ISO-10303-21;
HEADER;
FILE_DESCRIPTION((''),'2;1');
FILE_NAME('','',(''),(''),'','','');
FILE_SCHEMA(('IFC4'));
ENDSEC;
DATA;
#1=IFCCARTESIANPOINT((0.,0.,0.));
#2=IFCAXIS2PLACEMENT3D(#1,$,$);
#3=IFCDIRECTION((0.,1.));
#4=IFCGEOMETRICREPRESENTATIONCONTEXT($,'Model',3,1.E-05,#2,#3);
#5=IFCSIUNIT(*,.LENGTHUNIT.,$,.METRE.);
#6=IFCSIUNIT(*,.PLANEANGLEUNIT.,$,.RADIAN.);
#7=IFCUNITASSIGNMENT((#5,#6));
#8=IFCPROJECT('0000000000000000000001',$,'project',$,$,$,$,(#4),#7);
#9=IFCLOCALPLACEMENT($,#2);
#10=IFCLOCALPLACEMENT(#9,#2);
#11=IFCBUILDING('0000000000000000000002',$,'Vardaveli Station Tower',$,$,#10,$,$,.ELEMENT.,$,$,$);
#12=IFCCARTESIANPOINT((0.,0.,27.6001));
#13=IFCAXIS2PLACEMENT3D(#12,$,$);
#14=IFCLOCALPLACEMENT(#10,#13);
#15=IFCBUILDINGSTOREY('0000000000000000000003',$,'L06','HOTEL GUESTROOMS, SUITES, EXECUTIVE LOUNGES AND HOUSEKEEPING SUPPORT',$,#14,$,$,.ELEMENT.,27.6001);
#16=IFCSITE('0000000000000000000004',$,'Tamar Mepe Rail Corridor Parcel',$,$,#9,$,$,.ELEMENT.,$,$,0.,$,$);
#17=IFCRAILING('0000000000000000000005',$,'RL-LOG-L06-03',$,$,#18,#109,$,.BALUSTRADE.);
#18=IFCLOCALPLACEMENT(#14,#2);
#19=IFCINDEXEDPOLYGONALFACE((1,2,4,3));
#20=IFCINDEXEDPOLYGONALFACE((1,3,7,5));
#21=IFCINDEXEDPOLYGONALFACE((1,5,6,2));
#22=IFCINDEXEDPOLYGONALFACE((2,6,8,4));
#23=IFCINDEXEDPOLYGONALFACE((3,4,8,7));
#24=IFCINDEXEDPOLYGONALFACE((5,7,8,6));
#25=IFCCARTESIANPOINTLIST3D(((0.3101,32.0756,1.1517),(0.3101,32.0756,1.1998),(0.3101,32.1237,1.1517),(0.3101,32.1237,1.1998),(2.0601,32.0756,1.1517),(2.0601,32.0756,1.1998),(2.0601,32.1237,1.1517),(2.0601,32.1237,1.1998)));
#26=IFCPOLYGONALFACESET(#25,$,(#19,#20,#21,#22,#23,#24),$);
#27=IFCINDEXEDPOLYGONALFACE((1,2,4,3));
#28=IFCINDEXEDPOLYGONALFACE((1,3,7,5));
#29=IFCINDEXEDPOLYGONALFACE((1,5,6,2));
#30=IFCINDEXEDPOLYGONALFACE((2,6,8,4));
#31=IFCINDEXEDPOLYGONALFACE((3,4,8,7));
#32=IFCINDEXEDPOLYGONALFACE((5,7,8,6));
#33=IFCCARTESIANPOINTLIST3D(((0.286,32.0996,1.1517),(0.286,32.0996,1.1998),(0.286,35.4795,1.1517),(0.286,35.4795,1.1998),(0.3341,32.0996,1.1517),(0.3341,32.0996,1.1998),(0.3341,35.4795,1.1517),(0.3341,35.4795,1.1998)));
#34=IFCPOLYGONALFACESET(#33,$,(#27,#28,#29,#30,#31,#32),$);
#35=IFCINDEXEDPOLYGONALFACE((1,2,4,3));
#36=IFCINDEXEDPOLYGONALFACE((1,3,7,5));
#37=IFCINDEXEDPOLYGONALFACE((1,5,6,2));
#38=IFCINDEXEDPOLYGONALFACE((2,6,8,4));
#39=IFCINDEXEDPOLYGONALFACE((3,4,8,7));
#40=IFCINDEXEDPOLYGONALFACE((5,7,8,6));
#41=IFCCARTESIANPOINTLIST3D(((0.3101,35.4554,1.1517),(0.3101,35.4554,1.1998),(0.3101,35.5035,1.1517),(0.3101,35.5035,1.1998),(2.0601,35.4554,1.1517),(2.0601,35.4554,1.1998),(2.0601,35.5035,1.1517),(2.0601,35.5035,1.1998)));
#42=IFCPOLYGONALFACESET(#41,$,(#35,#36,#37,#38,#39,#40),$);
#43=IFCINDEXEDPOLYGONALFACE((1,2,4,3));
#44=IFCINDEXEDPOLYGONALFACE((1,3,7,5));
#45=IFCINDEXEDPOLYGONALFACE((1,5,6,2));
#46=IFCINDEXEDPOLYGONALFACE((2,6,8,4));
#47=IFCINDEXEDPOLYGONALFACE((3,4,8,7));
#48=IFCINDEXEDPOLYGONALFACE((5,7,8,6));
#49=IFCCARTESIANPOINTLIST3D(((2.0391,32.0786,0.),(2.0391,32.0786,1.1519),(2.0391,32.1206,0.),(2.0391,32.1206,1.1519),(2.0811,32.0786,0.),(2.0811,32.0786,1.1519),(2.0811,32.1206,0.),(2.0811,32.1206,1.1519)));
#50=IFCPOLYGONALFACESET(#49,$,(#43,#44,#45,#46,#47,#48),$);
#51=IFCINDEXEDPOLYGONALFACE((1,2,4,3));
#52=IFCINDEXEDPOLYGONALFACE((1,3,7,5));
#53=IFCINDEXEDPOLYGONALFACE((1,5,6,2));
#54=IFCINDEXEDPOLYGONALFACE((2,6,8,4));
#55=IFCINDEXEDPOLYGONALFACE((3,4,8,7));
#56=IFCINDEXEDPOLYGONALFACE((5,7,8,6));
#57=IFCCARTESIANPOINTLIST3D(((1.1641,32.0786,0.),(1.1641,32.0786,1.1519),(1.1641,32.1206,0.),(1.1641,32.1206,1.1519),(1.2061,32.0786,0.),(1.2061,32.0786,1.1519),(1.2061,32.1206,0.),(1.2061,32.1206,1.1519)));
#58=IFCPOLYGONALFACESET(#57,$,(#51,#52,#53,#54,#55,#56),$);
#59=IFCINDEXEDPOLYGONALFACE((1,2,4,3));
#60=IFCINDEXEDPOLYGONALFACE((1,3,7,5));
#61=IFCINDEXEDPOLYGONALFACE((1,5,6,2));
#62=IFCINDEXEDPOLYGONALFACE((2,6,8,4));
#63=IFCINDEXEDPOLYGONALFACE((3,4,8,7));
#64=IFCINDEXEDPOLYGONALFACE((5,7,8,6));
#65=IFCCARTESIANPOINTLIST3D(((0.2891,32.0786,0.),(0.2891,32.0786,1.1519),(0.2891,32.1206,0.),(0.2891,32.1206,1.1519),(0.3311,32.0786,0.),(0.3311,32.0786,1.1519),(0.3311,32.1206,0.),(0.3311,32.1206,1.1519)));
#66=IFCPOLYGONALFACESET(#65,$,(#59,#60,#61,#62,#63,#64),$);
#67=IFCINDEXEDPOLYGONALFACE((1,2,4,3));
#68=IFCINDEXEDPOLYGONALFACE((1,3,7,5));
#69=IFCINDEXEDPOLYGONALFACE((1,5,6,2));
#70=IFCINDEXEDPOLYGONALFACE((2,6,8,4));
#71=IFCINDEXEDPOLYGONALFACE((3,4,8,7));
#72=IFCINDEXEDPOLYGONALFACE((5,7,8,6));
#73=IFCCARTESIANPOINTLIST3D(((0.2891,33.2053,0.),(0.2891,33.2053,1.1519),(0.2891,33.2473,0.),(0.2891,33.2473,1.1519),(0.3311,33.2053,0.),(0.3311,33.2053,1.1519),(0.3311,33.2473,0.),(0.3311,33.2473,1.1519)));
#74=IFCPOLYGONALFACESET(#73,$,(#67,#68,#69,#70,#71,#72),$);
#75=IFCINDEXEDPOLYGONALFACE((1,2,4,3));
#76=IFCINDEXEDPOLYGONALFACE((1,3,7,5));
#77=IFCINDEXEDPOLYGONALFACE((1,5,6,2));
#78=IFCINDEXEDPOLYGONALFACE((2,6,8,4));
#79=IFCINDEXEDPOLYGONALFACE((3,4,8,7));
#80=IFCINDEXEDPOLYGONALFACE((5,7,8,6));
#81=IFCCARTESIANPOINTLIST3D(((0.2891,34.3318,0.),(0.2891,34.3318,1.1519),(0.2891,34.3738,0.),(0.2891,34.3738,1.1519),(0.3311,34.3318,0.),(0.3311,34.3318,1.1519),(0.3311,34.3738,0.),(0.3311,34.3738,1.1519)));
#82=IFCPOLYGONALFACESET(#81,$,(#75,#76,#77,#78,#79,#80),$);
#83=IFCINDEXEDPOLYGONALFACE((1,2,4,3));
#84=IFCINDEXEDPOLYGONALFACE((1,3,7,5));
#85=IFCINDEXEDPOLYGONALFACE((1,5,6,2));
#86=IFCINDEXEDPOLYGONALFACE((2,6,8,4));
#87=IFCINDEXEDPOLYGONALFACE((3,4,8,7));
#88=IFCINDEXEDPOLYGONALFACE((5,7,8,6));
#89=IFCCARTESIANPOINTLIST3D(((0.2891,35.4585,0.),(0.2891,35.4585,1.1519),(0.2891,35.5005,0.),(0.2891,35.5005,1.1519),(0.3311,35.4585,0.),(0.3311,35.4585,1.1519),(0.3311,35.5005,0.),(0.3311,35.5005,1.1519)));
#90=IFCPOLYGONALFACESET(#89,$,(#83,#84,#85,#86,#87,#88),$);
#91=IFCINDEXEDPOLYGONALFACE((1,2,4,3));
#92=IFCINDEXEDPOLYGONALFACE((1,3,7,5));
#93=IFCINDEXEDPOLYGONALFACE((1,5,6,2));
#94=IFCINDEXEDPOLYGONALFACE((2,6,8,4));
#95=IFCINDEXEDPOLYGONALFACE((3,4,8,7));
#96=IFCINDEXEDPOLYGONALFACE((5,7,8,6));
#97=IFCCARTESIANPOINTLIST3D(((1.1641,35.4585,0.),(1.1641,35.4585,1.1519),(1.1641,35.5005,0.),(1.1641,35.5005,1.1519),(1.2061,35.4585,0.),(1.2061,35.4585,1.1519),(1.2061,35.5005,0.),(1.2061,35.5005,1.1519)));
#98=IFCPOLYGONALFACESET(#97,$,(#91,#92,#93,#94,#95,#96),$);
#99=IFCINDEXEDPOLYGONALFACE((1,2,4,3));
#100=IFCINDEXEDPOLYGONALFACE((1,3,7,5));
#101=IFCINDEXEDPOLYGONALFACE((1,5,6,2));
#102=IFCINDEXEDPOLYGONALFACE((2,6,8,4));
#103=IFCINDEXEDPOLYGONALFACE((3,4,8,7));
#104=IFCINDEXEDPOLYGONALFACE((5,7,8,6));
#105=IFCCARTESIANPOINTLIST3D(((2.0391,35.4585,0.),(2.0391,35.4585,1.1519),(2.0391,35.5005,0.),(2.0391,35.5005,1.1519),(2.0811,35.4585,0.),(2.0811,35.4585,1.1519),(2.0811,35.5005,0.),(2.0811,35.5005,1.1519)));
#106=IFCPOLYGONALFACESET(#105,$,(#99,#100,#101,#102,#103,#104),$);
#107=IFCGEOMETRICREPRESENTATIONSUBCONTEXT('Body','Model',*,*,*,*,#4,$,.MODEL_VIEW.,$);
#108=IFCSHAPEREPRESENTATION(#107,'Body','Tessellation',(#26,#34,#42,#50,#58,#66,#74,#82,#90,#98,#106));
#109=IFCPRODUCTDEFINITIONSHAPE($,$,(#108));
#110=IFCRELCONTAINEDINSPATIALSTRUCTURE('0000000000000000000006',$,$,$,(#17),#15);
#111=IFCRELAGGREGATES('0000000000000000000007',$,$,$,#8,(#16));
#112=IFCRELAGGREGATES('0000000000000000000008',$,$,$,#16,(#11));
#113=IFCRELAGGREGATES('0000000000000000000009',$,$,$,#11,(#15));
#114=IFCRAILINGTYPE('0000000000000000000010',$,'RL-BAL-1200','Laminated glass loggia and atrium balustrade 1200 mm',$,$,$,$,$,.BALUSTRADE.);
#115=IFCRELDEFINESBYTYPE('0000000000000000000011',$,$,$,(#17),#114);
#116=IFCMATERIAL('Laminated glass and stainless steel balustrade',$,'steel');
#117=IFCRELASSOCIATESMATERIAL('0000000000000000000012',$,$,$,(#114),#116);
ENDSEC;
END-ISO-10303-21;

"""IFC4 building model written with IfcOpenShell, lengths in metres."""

from ifc_helpers import new_model, si_unit, direction, frame, origin, origin_2d, place, context, subcontext, project, spatial, rectangle, extrude, source, transform, mapped, material, type_object, element, save


model = new_model("IFC4")

# Units and contexts
model_context = context("Model", 3, precision=1e-05, world=origin(), true_north=direction((0.0, 1.0)))
body_context = subcontext(model_context, "Body", "Model", "MODEL_VIEW")
ifc_project = project(units=[si_unit("LENGTHUNIT", "METRE"), si_unit("PLANEANGLEUNIT", "RADIAN")], contexts=[model_context])

# Site, building, storey
site_placement = place(None, origin())
site = spatial("IfcSite", under=ifc_project, at=site_placement, Name="Tamar Mepe Rail Corridor Parcel", CompositionType="ELEMENT", RefElevation=0.0)
building_placement = place(site_placement, origin())
building = spatial("IfcBuilding", under=site, at=building_placement, Name="Vardaveli Station Tower", CompositionType="ELEMENT")
storey_placement = place(building_placement, frame((0.0, 0.0, 27.6001)))
storey = spatial("IfcBuildingStorey", under=building, at=storey_placement, Name="L06", Description="HOTEL GUESTROOMS, SUITES, EXECUTIVE LOUNGES AND HOUSEKEEPING SUPPORT", CompositionType="ELEMENT", Elevation=27.6001)

# Railing
ifc_material_1 = material(Name="Laminated glass and stainless steel balustrade", Category="steel")
railing_type = type_object("IfcRailingType", Name="RL-BAL-1200", Description="Laminated glass loggia and atrium balustrade 1200 mm", PredefinedType="BALUSTRADE", material=ifc_material_1)
shared_shape_1 = source(origin(), body_context, "Body", "SweptSolid", [
    extrude(rectangle(XDim=0.0481, YDim=0.0481, at=origin_2d()), frame((0.0, 0.0, 1.1758), z_axis=(-1.0, 0.0, 0.0), x_axis=(0.0, -1.0, 0.0)), (0.0, 0.0, 1.0), 1.75),
    extrude(rectangle(XDim=0.0481, YDim=0.0481, at=origin_2d()), frame((-1.75, 0.0, 1.1758), z_axis=(0.0, 1.0, 0.0), x_axis=(-1.0, 0.0, 0.0)), (0.0, 0.0, 1.0), 3.3799),
    extrude(rectangle(XDim=0.0481, YDim=0.0481, at=origin_2d()), frame((-1.75, 3.3799, 1.1758), z_axis=(1.0, 0.0, 0.0), x_axis=(0.0, 1.0, 0.0)), (0.0, 0.0, 1.0), 1.75),
    extrude(rectangle(XDim=0.042, YDim=0.042, at=origin_2d()), origin(), (0.0, 0.0, 1.0), 1.1519),
    extrude(rectangle(XDim=0.042, YDim=0.042, at=origin_2d()), frame((-0.875, 0.0, 0.0)), (0.0, 0.0, 1.0), 1.1519),
    extrude(rectangle(XDim=0.042, YDim=0.042, at=origin_2d()), frame((-1.75, 0.0, 0.0)), (0.0, 0.0, 1.0), 1.1519),
    extrude(rectangle(XDim=0.042, YDim=0.042, at=origin_2d()), frame((-1.75, 1.1267, 0.0)), (0.0, 0.0, 1.0), 1.1519),
    extrude(rectangle(XDim=0.042, YDim=0.042, at=origin_2d()), frame((-1.75, 2.2532, 0.0)), (0.0, 0.0, 1.0), 1.1519),
    extrude(rectangle(XDim=0.042, YDim=0.042, at=origin_2d()), frame((-1.75, 3.3799, 0.0)), (0.0, 0.0, 1.0), 1.1519),
    extrude(rectangle(XDim=0.042, YDim=0.042, at=origin_2d()), frame((-0.875, 3.3799, 0.0)), (0.0, 0.0, 1.0), 1.1519),
    extrude(rectangle(XDim=0.042, YDim=0.042, at=origin_2d()), frame((0.0, 3.3799, 0.0)), (0.0, 0.0, 1.0), 1.1519),
])
railing_placement = place(storey_placement, frame((2.0601, 32.0996, 0.0)))
element("IfcRailing", 1, at=railing_placement, inside=storey, type_object=railing_type, Name="RL-LOG-L06-03", PredefinedType="BALUSTRADE", context=body_context, shape_type="MappedRepresentation", body=[
    mapped(shared_shape_1, transform((0.0, 0.0, 0.0), scale=1.0)),
])

save(model, "model.ifc")
